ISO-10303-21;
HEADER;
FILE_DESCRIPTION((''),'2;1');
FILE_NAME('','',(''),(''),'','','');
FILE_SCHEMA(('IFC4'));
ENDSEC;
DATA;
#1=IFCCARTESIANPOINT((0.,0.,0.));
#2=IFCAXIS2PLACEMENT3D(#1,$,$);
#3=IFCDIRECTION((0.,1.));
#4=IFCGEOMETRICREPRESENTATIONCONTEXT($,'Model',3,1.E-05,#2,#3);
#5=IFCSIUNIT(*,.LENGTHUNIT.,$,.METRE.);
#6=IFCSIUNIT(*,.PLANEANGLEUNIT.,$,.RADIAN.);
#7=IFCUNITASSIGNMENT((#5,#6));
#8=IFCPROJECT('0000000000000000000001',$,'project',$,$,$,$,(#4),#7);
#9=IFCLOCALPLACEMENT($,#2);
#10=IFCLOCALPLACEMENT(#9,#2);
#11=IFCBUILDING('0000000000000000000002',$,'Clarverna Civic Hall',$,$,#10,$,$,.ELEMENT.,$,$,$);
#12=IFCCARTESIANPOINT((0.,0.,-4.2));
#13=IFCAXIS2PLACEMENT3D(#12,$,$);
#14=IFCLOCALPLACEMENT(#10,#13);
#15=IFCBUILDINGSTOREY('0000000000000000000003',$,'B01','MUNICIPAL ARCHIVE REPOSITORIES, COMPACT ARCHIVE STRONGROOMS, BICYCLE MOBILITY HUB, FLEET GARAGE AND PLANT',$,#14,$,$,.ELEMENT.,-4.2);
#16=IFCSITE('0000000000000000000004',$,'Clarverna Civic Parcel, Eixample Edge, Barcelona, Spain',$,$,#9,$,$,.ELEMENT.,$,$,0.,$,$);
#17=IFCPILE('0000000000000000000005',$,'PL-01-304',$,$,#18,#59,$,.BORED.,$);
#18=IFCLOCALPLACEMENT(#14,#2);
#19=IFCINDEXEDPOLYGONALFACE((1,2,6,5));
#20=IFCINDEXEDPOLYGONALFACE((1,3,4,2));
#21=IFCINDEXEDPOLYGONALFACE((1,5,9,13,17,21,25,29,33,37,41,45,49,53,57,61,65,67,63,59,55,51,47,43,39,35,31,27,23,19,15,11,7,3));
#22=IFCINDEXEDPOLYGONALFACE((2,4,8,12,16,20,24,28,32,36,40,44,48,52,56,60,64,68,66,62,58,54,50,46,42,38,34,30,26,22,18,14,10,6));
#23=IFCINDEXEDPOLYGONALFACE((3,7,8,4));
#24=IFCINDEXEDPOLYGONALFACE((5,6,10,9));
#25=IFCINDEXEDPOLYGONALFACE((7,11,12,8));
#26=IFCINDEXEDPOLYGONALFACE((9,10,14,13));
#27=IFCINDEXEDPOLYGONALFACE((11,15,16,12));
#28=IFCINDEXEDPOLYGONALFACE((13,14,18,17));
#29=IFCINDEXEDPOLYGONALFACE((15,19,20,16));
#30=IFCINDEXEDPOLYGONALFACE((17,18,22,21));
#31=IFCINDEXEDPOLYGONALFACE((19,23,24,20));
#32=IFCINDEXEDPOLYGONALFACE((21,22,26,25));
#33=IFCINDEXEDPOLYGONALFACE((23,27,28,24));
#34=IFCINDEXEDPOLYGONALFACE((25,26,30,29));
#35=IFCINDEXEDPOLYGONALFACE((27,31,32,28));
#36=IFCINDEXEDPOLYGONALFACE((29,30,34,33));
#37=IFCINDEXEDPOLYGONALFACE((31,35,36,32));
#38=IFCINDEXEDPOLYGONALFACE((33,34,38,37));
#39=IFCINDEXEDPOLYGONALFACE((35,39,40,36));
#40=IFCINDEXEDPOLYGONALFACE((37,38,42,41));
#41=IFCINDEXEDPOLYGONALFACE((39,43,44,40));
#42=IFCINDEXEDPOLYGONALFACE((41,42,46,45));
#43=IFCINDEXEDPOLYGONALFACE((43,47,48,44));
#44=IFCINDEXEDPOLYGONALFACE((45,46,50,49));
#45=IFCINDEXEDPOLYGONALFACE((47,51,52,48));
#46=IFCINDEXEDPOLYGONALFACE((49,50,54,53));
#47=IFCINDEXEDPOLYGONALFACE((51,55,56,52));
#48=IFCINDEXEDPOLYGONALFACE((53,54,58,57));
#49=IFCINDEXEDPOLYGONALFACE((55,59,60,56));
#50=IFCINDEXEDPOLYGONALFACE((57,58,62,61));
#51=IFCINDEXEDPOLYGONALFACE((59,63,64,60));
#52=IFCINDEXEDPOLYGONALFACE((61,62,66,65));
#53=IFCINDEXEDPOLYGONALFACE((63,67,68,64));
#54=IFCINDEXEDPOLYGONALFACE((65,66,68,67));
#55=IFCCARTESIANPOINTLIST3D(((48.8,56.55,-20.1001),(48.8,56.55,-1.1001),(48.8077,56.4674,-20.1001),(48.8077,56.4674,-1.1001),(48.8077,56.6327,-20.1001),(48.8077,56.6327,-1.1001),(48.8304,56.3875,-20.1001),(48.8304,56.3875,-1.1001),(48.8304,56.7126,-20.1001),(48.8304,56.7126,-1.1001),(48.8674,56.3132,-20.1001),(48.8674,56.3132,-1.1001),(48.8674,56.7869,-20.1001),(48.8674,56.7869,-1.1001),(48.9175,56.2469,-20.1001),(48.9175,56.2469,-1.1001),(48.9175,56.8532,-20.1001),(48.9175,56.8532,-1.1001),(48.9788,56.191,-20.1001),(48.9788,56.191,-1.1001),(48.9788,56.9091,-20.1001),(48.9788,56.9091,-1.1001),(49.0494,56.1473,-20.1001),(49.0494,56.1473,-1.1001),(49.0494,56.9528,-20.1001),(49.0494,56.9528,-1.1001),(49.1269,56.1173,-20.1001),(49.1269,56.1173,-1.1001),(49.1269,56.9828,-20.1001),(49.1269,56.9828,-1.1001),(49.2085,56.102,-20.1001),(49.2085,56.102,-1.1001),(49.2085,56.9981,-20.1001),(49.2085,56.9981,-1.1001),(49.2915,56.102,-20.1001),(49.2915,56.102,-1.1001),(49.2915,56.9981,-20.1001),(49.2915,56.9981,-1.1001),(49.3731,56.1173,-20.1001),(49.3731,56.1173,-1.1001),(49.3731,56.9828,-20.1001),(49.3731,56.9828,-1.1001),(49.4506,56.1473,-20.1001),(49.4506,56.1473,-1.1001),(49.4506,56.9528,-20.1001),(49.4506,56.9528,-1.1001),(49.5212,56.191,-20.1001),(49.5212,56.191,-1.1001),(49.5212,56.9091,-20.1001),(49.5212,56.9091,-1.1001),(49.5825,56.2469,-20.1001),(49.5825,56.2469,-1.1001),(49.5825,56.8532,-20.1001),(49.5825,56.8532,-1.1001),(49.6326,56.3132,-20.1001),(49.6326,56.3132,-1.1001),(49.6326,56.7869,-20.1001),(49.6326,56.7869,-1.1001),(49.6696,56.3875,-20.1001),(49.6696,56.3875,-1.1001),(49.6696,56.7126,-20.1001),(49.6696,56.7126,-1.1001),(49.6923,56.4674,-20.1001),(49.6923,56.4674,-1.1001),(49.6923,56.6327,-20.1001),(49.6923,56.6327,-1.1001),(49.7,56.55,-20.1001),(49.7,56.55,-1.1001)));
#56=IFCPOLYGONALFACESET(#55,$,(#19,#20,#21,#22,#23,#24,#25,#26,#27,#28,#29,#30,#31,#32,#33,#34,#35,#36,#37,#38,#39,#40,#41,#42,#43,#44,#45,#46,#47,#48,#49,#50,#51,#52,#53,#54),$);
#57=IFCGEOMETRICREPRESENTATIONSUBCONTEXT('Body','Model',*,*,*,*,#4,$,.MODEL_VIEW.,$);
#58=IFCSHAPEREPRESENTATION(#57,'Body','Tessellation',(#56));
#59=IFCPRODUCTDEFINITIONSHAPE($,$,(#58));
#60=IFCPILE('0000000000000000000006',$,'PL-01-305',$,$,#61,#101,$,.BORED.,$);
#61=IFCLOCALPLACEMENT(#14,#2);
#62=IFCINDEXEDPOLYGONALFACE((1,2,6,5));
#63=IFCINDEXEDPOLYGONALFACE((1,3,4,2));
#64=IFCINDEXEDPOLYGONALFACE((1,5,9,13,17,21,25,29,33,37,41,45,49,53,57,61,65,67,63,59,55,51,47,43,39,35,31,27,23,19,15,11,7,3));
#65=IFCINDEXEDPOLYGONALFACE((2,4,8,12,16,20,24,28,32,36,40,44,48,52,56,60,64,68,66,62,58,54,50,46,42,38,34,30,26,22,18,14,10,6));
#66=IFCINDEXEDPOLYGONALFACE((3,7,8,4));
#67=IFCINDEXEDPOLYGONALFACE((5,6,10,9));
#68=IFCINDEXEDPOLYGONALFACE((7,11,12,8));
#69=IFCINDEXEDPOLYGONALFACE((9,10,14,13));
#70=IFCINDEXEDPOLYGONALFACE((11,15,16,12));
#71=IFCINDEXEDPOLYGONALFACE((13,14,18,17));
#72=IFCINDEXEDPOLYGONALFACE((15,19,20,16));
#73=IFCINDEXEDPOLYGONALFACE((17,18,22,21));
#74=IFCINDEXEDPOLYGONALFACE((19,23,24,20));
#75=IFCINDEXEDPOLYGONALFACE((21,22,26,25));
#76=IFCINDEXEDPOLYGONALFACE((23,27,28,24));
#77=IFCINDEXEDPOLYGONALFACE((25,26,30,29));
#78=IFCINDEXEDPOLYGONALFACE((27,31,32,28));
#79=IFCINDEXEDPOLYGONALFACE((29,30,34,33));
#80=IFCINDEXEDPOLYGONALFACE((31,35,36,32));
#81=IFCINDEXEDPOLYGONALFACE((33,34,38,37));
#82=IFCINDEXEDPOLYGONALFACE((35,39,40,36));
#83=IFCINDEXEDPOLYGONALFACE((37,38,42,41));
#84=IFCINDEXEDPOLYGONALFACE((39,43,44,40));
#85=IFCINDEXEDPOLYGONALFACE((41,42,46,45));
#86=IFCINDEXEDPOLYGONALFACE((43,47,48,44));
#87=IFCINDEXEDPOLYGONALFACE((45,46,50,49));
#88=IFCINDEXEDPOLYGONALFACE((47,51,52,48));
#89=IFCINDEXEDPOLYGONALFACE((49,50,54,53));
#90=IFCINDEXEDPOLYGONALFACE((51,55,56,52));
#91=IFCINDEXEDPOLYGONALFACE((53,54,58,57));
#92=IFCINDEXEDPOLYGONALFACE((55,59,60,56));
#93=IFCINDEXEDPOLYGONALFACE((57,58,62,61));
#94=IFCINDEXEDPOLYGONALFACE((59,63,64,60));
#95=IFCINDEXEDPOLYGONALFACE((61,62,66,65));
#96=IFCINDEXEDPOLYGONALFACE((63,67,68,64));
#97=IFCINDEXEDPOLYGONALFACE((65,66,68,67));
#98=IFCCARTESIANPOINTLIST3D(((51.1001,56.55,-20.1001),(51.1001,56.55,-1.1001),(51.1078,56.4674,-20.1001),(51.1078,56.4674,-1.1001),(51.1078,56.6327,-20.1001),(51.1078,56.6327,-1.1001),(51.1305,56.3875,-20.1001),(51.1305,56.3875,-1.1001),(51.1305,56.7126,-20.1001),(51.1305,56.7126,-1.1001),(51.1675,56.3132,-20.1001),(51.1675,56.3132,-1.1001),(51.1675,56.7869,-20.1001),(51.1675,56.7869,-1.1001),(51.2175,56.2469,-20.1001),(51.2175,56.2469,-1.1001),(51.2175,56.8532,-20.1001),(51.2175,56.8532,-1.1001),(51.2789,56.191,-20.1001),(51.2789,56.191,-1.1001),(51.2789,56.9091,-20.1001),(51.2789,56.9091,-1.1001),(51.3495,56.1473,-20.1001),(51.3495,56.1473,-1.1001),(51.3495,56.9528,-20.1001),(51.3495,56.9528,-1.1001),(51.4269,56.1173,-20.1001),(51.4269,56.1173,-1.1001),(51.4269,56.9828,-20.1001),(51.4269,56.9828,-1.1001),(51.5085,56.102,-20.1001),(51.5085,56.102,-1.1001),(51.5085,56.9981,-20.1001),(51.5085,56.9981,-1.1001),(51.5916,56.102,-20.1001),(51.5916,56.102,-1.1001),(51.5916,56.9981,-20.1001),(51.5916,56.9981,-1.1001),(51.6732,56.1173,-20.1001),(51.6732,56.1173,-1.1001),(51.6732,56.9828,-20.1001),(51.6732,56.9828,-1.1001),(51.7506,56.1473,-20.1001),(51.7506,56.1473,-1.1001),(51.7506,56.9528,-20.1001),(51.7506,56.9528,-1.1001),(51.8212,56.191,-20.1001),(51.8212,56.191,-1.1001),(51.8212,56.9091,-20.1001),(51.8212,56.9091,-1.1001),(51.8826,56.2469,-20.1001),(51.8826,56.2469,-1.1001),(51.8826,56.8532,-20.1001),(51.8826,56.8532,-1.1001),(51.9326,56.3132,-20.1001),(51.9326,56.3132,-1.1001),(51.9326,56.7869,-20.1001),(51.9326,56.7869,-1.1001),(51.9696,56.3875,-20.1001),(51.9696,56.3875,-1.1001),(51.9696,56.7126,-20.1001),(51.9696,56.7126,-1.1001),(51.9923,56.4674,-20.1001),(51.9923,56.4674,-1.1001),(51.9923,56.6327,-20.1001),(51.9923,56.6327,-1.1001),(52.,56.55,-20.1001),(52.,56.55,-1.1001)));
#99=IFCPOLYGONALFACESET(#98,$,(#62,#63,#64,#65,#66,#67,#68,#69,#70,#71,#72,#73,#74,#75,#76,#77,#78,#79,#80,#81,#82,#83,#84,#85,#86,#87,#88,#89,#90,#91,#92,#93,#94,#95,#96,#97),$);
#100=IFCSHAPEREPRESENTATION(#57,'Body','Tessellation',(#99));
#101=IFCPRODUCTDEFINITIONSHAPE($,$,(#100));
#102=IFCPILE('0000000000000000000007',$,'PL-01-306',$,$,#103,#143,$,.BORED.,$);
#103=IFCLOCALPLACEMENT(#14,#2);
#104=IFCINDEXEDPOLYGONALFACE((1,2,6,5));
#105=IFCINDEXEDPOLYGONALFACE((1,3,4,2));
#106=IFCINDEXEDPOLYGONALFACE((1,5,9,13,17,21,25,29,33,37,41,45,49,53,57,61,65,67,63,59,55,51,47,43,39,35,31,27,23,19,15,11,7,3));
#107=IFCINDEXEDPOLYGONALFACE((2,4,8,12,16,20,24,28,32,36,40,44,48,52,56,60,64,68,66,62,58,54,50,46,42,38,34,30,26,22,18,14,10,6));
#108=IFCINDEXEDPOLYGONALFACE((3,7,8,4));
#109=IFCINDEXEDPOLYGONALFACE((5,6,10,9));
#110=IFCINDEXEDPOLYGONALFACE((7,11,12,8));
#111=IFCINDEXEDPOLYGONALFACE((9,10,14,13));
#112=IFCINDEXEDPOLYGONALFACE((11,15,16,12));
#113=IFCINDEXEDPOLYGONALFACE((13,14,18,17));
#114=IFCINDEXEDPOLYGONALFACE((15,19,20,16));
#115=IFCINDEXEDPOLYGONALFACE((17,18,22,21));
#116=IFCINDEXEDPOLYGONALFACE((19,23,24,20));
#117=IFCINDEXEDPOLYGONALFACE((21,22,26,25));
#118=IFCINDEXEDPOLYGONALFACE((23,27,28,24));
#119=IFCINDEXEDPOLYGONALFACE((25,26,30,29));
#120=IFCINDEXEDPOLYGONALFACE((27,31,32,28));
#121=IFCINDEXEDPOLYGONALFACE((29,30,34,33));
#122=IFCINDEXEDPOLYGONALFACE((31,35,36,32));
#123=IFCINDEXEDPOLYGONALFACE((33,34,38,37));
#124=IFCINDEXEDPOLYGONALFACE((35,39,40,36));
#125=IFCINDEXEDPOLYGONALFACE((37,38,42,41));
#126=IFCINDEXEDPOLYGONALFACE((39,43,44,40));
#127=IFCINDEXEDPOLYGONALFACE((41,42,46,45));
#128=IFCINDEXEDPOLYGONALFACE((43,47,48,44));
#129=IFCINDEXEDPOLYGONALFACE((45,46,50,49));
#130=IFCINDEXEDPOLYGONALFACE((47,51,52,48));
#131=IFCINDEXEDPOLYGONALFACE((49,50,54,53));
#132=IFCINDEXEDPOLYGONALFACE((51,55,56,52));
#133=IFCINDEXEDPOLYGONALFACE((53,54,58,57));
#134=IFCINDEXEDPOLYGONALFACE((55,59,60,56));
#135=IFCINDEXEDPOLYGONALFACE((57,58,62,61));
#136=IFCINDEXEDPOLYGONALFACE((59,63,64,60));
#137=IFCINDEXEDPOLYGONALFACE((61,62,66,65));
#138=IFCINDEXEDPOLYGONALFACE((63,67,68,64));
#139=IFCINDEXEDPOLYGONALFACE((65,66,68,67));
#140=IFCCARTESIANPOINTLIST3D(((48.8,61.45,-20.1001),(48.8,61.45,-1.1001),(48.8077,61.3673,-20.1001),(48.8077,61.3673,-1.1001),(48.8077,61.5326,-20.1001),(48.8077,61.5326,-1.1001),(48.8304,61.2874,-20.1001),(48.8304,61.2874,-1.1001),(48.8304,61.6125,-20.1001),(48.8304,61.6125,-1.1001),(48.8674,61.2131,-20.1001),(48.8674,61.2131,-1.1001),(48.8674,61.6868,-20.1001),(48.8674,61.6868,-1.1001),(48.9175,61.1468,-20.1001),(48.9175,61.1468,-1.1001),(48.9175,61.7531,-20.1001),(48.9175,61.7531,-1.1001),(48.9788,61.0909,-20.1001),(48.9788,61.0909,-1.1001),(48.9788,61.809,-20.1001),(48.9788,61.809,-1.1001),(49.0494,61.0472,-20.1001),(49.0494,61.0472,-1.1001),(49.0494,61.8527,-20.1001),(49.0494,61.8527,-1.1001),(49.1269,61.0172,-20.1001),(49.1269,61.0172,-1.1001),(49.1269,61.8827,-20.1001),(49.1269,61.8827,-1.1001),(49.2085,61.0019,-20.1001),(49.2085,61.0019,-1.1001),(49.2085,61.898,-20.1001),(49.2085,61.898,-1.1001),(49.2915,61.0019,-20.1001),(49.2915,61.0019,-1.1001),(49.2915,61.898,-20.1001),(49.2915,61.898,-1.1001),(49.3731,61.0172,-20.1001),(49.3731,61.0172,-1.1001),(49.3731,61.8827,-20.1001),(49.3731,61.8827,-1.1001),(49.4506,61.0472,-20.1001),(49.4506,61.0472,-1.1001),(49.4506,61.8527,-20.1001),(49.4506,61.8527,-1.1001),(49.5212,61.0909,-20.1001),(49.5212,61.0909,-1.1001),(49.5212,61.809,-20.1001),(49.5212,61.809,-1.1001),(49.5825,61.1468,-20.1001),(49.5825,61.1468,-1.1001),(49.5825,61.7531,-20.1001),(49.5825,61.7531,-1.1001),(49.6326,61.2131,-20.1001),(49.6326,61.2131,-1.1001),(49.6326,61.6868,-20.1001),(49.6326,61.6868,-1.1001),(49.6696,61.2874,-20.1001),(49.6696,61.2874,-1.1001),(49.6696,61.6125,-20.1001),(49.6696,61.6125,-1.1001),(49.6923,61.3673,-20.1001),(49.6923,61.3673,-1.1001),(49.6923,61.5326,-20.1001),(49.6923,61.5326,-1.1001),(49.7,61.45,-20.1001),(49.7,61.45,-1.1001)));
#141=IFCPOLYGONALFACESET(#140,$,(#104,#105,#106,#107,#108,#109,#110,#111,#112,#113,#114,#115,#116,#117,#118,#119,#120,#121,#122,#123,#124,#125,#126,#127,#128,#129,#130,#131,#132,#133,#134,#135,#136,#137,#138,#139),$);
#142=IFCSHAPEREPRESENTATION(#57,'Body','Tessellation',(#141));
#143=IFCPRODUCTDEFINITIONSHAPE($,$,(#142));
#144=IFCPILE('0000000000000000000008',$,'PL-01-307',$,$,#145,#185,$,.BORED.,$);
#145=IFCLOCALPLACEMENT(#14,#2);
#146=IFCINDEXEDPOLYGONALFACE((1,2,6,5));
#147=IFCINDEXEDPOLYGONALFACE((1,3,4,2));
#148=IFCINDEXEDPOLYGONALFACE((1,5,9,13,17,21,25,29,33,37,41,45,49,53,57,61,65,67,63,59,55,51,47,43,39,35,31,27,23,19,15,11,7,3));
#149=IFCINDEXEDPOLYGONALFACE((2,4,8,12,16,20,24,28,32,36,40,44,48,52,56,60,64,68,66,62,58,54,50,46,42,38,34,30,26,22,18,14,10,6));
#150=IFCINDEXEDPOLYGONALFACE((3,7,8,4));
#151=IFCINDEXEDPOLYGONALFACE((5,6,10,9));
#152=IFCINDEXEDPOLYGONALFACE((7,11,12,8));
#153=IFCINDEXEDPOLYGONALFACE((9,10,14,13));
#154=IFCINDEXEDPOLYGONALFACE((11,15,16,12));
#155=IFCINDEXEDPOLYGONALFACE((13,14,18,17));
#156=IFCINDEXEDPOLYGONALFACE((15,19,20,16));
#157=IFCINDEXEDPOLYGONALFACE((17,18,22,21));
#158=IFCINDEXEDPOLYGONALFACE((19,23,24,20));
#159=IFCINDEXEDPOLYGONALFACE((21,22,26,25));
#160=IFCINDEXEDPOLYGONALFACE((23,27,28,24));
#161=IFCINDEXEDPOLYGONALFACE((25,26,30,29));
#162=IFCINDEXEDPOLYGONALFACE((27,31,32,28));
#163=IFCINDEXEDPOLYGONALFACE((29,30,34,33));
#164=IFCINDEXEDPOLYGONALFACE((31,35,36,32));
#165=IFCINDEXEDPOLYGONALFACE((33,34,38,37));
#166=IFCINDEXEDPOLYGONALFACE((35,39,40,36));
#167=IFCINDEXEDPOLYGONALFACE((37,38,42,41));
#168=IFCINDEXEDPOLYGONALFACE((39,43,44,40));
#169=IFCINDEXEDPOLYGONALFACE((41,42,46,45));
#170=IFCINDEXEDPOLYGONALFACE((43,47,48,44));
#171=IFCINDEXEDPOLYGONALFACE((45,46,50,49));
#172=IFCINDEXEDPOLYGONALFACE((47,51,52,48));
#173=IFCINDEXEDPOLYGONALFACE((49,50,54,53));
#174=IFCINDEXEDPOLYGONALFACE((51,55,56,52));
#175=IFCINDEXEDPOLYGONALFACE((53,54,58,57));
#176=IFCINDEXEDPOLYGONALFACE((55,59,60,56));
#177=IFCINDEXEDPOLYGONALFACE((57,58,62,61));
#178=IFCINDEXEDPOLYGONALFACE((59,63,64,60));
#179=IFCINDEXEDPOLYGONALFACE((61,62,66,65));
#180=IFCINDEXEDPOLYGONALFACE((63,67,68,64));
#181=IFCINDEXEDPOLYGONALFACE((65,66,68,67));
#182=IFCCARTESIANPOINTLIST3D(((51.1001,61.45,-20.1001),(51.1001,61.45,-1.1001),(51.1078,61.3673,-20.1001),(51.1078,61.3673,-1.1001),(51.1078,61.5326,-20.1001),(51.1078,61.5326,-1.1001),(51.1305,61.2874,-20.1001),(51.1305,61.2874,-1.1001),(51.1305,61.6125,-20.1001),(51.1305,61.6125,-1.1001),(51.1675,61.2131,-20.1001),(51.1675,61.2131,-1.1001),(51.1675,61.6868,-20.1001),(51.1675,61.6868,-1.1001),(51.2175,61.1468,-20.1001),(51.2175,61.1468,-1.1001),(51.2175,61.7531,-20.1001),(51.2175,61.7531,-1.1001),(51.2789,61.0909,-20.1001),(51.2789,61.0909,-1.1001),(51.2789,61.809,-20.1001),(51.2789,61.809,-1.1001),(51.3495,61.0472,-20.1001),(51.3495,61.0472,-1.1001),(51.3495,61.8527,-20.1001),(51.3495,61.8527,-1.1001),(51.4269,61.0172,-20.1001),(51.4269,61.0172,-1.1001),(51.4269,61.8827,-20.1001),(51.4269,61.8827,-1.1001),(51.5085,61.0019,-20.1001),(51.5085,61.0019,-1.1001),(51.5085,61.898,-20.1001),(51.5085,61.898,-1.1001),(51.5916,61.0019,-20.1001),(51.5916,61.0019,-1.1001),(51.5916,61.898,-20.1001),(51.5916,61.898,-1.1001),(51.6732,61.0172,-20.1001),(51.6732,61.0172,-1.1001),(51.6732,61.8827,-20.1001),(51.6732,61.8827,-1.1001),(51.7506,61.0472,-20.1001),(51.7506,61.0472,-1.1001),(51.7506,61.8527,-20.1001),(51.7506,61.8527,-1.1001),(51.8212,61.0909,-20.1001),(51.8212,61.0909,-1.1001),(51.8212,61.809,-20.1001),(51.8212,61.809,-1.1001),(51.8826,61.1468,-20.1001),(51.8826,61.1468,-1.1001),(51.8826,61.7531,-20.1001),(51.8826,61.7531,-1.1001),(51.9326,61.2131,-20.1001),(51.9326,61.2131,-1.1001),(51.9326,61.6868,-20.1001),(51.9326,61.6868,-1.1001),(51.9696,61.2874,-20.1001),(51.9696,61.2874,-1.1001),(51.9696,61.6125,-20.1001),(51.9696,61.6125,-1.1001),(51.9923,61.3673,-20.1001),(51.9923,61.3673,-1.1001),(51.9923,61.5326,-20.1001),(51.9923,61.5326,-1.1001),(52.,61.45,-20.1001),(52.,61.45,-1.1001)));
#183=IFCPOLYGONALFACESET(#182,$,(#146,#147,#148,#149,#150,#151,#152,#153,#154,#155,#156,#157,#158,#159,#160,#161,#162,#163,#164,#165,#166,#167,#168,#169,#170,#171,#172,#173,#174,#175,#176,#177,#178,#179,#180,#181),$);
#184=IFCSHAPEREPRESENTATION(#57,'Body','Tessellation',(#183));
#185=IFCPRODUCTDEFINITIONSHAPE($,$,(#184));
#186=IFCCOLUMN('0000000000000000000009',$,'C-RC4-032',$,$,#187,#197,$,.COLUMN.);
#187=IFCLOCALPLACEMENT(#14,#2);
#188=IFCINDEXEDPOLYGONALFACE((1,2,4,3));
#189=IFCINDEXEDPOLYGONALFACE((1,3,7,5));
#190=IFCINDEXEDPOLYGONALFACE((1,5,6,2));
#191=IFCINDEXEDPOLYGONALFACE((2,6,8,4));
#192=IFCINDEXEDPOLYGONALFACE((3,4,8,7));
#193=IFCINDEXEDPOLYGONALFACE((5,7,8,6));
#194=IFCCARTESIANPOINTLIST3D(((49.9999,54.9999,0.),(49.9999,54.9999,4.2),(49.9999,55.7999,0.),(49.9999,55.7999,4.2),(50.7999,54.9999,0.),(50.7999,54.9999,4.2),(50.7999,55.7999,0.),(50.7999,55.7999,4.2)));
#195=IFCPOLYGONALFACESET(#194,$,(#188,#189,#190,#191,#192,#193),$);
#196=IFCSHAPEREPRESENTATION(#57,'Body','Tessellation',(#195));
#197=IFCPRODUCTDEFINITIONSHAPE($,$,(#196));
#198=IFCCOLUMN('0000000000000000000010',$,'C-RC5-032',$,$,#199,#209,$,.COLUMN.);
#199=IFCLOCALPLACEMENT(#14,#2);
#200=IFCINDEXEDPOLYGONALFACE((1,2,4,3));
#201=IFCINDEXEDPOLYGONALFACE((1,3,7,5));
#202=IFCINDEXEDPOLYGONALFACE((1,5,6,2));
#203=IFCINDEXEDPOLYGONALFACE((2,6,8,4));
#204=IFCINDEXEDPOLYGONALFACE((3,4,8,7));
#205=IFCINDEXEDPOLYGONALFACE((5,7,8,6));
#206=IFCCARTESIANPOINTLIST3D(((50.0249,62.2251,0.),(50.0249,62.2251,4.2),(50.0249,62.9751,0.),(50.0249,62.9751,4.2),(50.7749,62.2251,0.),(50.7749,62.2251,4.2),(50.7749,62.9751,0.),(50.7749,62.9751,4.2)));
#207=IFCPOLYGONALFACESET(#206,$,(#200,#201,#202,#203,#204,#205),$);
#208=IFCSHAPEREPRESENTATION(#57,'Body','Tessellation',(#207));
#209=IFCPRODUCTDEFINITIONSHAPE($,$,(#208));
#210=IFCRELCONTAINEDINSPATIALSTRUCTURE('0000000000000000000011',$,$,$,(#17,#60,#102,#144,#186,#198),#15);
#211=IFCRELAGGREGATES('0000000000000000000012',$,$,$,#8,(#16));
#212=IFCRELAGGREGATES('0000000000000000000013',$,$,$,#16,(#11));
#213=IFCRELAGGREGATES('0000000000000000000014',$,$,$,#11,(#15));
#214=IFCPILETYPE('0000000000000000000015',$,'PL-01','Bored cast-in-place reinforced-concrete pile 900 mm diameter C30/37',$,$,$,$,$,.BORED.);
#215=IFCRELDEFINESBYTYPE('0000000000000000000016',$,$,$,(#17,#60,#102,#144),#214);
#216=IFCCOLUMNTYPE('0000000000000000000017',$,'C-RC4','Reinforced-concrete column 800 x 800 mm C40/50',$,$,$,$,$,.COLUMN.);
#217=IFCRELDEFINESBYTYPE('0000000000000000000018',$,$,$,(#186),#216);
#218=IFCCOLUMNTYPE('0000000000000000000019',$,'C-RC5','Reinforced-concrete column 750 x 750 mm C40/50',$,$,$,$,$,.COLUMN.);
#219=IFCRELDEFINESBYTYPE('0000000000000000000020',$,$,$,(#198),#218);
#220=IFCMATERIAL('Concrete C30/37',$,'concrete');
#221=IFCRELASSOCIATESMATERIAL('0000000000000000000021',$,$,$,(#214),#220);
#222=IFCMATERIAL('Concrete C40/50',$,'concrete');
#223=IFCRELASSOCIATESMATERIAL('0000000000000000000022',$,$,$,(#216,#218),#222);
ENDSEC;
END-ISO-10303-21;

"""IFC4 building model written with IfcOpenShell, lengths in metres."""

from ifc_helpers import new_model, si_unit, direction, frame, origin, origin_2d, place, context, subcontext, project, spatial, rectangle, circle, extrude, material, material_profile, profile_set, type_object, element, save


model = new_model("IFC4")

# Units and contexts
model_context = context("Model", 3, precision=1e-05, world=origin(), true_north=direction((0.0, 1.0)))
body_context = subcontext(model_context, "Body", "Model", "MODEL_VIEW")
ifc_project = project(units=[si_unit("LENGTHUNIT", "METRE"), si_unit("PLANEANGLEUNIT", "RADIAN")], contexts=[model_context])

# Site, building, storey
site_placement = place(None, origin())
site = spatial("IfcSite", under=ifc_project, at=site_placement, Name="Clarverna Civic Parcel, Eixample Edge, Barcelona, Spain", CompositionType="ELEMENT", RefElevation=0.0)
building_placement = place(site_placement, origin())
building = spatial("IfcBuilding", under=site, at=building_placement, Name="Clarverna Civic Hall", CompositionType="ELEMENT")
storey_placement = place(building_placement, frame((0.0, 0.0, -4.2)))
storey = spatial("IfcBuildingStorey", under=building, at=storey_placement, Name="B01", Description="MUNICIPAL ARCHIVE REPOSITORIES, COMPACT ARCHIVE STRONGROOMS, BICYCLE MOBILITY HUB, FLEET GARAGE AND PLANT", CompositionType="ELEMENT", Elevation=-4.2)

# Shared definitions
ifc_material_1 = material(Name="Concrete C30/37", Category="concrete")

# Piles
ifc_material_profile_1 = material_profile(ifc_material_1, circle(Radius=0.45, at=origin_2d()), Name="BORED PILE D900")
ifc_profile_set_1 = profile_set([ifc_material_profile_1], Name="Concrete C30/37")
pile_type = type_object("IfcPileType", Name="PL-01", Description="Bored cast-in-place reinforced-concrete pile 900 mm diameter C30/37", PredefinedType="BORED", material=ifc_profile_set_1)
for number, where, z_axis, x_axis, name in (
    (1, (49.25, 56.55, -1.1001), (0.0, 0.0, -1.0), (1.0, 0.0, 0.0), "PL-01-304"),
    (2, (51.55, 56.55, -1.1001), (0.0, 0.0, -1.0), (1.0, 0.0, 0.0), "PL-01-305"),
    (3, (49.25, 61.45, -1.1001), (0.0, 0.0, -1.0), (1.0, 0.0, 0.0), "PL-01-306"),
    (4, (51.55, 61.45, -1.1001), (0.0, 0.0, -1.0), (1.0, 0.0, 0.0), "PL-01-307"),
):
    element("IfcPile", number, at=place(storey_placement, frame(where, z_axis=z_axis, x_axis=x_axis)), inside=storey, type_object=pile_type, Name=name, PredefinedType="BORED", context=body_context, shape_type="SweptSolid", body=[
        extrude(circle(Radius=0.45, at=origin_2d()), origin(), (0.0, 0.0, 1.0), 19.0),
    ])

# Columns
ifc_material_2 = material(Name="Concrete C40/50", Category="concrete")
ifc_material_profile_2 = material_profile(ifc_material_2, rectangle(XDim=0.8, YDim=0.8, at=origin_2d()), Name="RC 800x800")
ifc_profile_set_2 = profile_set([ifc_material_profile_2], Name="Concrete C40/50")
column_type_1 = type_object("IfcColumnType", Name="C-RC4", Description="Reinforced-concrete column 800 x 800 mm C40/50", PredefinedType="COLUMN", material=ifc_profile_set_2)
column_1_placement = place(storey_placement, frame((50.3999, 55.3999, 0.0), z_axis=(0.0, 0.0, 1.0), x_axis=(1.0, 0.0, 0.0)))
element("IfcColumn", 5, at=column_1_placement, inside=storey, type_object=column_type_1, Name="C-RC4-032", PredefinedType="COLUMN", context=body_context, shape_type="SweptSolid", body=[
    extrude(rectangle(XDim=0.8, YDim=0.8, at=origin_2d()), origin(), (0.0, 0.0, 1.0), 4.2),
])
ifc_material_profile_3 = material_profile(ifc_material_2, rectangle(XDim=0.75, YDim=0.75, at=origin_2d()), Name="RC 750x750")
ifc_profile_set_3 = profile_set([ifc_material_profile_3], Name="Concrete C40/50")
column_type_2 = type_object("IfcColumnType", Name="C-RC5", Description="Reinforced-concrete column 750 x 750 mm C40/50", PredefinedType="COLUMN", material=ifc_profile_set_3)
column_2_placement = place(storey_placement, frame((50.3999, 62.6001, 0.0), z_axis=(0.0, 0.0, 1.0), x_axis=(1.0, 0.0, 0.0)))
element("IfcColumn", 6, at=column_2_placement, inside=storey, type_object=column_type_2, Name="C-RC5-032", PredefinedType="COLUMN", context=body_context, shape_type="SweptSolid", body=[
    extrude(rectangle(XDim=0.75, YDim=0.75, at=origin_2d()), origin(), (0.0, 0.0, 1.0), 4.2),
])

save(model, "model.ifc")
